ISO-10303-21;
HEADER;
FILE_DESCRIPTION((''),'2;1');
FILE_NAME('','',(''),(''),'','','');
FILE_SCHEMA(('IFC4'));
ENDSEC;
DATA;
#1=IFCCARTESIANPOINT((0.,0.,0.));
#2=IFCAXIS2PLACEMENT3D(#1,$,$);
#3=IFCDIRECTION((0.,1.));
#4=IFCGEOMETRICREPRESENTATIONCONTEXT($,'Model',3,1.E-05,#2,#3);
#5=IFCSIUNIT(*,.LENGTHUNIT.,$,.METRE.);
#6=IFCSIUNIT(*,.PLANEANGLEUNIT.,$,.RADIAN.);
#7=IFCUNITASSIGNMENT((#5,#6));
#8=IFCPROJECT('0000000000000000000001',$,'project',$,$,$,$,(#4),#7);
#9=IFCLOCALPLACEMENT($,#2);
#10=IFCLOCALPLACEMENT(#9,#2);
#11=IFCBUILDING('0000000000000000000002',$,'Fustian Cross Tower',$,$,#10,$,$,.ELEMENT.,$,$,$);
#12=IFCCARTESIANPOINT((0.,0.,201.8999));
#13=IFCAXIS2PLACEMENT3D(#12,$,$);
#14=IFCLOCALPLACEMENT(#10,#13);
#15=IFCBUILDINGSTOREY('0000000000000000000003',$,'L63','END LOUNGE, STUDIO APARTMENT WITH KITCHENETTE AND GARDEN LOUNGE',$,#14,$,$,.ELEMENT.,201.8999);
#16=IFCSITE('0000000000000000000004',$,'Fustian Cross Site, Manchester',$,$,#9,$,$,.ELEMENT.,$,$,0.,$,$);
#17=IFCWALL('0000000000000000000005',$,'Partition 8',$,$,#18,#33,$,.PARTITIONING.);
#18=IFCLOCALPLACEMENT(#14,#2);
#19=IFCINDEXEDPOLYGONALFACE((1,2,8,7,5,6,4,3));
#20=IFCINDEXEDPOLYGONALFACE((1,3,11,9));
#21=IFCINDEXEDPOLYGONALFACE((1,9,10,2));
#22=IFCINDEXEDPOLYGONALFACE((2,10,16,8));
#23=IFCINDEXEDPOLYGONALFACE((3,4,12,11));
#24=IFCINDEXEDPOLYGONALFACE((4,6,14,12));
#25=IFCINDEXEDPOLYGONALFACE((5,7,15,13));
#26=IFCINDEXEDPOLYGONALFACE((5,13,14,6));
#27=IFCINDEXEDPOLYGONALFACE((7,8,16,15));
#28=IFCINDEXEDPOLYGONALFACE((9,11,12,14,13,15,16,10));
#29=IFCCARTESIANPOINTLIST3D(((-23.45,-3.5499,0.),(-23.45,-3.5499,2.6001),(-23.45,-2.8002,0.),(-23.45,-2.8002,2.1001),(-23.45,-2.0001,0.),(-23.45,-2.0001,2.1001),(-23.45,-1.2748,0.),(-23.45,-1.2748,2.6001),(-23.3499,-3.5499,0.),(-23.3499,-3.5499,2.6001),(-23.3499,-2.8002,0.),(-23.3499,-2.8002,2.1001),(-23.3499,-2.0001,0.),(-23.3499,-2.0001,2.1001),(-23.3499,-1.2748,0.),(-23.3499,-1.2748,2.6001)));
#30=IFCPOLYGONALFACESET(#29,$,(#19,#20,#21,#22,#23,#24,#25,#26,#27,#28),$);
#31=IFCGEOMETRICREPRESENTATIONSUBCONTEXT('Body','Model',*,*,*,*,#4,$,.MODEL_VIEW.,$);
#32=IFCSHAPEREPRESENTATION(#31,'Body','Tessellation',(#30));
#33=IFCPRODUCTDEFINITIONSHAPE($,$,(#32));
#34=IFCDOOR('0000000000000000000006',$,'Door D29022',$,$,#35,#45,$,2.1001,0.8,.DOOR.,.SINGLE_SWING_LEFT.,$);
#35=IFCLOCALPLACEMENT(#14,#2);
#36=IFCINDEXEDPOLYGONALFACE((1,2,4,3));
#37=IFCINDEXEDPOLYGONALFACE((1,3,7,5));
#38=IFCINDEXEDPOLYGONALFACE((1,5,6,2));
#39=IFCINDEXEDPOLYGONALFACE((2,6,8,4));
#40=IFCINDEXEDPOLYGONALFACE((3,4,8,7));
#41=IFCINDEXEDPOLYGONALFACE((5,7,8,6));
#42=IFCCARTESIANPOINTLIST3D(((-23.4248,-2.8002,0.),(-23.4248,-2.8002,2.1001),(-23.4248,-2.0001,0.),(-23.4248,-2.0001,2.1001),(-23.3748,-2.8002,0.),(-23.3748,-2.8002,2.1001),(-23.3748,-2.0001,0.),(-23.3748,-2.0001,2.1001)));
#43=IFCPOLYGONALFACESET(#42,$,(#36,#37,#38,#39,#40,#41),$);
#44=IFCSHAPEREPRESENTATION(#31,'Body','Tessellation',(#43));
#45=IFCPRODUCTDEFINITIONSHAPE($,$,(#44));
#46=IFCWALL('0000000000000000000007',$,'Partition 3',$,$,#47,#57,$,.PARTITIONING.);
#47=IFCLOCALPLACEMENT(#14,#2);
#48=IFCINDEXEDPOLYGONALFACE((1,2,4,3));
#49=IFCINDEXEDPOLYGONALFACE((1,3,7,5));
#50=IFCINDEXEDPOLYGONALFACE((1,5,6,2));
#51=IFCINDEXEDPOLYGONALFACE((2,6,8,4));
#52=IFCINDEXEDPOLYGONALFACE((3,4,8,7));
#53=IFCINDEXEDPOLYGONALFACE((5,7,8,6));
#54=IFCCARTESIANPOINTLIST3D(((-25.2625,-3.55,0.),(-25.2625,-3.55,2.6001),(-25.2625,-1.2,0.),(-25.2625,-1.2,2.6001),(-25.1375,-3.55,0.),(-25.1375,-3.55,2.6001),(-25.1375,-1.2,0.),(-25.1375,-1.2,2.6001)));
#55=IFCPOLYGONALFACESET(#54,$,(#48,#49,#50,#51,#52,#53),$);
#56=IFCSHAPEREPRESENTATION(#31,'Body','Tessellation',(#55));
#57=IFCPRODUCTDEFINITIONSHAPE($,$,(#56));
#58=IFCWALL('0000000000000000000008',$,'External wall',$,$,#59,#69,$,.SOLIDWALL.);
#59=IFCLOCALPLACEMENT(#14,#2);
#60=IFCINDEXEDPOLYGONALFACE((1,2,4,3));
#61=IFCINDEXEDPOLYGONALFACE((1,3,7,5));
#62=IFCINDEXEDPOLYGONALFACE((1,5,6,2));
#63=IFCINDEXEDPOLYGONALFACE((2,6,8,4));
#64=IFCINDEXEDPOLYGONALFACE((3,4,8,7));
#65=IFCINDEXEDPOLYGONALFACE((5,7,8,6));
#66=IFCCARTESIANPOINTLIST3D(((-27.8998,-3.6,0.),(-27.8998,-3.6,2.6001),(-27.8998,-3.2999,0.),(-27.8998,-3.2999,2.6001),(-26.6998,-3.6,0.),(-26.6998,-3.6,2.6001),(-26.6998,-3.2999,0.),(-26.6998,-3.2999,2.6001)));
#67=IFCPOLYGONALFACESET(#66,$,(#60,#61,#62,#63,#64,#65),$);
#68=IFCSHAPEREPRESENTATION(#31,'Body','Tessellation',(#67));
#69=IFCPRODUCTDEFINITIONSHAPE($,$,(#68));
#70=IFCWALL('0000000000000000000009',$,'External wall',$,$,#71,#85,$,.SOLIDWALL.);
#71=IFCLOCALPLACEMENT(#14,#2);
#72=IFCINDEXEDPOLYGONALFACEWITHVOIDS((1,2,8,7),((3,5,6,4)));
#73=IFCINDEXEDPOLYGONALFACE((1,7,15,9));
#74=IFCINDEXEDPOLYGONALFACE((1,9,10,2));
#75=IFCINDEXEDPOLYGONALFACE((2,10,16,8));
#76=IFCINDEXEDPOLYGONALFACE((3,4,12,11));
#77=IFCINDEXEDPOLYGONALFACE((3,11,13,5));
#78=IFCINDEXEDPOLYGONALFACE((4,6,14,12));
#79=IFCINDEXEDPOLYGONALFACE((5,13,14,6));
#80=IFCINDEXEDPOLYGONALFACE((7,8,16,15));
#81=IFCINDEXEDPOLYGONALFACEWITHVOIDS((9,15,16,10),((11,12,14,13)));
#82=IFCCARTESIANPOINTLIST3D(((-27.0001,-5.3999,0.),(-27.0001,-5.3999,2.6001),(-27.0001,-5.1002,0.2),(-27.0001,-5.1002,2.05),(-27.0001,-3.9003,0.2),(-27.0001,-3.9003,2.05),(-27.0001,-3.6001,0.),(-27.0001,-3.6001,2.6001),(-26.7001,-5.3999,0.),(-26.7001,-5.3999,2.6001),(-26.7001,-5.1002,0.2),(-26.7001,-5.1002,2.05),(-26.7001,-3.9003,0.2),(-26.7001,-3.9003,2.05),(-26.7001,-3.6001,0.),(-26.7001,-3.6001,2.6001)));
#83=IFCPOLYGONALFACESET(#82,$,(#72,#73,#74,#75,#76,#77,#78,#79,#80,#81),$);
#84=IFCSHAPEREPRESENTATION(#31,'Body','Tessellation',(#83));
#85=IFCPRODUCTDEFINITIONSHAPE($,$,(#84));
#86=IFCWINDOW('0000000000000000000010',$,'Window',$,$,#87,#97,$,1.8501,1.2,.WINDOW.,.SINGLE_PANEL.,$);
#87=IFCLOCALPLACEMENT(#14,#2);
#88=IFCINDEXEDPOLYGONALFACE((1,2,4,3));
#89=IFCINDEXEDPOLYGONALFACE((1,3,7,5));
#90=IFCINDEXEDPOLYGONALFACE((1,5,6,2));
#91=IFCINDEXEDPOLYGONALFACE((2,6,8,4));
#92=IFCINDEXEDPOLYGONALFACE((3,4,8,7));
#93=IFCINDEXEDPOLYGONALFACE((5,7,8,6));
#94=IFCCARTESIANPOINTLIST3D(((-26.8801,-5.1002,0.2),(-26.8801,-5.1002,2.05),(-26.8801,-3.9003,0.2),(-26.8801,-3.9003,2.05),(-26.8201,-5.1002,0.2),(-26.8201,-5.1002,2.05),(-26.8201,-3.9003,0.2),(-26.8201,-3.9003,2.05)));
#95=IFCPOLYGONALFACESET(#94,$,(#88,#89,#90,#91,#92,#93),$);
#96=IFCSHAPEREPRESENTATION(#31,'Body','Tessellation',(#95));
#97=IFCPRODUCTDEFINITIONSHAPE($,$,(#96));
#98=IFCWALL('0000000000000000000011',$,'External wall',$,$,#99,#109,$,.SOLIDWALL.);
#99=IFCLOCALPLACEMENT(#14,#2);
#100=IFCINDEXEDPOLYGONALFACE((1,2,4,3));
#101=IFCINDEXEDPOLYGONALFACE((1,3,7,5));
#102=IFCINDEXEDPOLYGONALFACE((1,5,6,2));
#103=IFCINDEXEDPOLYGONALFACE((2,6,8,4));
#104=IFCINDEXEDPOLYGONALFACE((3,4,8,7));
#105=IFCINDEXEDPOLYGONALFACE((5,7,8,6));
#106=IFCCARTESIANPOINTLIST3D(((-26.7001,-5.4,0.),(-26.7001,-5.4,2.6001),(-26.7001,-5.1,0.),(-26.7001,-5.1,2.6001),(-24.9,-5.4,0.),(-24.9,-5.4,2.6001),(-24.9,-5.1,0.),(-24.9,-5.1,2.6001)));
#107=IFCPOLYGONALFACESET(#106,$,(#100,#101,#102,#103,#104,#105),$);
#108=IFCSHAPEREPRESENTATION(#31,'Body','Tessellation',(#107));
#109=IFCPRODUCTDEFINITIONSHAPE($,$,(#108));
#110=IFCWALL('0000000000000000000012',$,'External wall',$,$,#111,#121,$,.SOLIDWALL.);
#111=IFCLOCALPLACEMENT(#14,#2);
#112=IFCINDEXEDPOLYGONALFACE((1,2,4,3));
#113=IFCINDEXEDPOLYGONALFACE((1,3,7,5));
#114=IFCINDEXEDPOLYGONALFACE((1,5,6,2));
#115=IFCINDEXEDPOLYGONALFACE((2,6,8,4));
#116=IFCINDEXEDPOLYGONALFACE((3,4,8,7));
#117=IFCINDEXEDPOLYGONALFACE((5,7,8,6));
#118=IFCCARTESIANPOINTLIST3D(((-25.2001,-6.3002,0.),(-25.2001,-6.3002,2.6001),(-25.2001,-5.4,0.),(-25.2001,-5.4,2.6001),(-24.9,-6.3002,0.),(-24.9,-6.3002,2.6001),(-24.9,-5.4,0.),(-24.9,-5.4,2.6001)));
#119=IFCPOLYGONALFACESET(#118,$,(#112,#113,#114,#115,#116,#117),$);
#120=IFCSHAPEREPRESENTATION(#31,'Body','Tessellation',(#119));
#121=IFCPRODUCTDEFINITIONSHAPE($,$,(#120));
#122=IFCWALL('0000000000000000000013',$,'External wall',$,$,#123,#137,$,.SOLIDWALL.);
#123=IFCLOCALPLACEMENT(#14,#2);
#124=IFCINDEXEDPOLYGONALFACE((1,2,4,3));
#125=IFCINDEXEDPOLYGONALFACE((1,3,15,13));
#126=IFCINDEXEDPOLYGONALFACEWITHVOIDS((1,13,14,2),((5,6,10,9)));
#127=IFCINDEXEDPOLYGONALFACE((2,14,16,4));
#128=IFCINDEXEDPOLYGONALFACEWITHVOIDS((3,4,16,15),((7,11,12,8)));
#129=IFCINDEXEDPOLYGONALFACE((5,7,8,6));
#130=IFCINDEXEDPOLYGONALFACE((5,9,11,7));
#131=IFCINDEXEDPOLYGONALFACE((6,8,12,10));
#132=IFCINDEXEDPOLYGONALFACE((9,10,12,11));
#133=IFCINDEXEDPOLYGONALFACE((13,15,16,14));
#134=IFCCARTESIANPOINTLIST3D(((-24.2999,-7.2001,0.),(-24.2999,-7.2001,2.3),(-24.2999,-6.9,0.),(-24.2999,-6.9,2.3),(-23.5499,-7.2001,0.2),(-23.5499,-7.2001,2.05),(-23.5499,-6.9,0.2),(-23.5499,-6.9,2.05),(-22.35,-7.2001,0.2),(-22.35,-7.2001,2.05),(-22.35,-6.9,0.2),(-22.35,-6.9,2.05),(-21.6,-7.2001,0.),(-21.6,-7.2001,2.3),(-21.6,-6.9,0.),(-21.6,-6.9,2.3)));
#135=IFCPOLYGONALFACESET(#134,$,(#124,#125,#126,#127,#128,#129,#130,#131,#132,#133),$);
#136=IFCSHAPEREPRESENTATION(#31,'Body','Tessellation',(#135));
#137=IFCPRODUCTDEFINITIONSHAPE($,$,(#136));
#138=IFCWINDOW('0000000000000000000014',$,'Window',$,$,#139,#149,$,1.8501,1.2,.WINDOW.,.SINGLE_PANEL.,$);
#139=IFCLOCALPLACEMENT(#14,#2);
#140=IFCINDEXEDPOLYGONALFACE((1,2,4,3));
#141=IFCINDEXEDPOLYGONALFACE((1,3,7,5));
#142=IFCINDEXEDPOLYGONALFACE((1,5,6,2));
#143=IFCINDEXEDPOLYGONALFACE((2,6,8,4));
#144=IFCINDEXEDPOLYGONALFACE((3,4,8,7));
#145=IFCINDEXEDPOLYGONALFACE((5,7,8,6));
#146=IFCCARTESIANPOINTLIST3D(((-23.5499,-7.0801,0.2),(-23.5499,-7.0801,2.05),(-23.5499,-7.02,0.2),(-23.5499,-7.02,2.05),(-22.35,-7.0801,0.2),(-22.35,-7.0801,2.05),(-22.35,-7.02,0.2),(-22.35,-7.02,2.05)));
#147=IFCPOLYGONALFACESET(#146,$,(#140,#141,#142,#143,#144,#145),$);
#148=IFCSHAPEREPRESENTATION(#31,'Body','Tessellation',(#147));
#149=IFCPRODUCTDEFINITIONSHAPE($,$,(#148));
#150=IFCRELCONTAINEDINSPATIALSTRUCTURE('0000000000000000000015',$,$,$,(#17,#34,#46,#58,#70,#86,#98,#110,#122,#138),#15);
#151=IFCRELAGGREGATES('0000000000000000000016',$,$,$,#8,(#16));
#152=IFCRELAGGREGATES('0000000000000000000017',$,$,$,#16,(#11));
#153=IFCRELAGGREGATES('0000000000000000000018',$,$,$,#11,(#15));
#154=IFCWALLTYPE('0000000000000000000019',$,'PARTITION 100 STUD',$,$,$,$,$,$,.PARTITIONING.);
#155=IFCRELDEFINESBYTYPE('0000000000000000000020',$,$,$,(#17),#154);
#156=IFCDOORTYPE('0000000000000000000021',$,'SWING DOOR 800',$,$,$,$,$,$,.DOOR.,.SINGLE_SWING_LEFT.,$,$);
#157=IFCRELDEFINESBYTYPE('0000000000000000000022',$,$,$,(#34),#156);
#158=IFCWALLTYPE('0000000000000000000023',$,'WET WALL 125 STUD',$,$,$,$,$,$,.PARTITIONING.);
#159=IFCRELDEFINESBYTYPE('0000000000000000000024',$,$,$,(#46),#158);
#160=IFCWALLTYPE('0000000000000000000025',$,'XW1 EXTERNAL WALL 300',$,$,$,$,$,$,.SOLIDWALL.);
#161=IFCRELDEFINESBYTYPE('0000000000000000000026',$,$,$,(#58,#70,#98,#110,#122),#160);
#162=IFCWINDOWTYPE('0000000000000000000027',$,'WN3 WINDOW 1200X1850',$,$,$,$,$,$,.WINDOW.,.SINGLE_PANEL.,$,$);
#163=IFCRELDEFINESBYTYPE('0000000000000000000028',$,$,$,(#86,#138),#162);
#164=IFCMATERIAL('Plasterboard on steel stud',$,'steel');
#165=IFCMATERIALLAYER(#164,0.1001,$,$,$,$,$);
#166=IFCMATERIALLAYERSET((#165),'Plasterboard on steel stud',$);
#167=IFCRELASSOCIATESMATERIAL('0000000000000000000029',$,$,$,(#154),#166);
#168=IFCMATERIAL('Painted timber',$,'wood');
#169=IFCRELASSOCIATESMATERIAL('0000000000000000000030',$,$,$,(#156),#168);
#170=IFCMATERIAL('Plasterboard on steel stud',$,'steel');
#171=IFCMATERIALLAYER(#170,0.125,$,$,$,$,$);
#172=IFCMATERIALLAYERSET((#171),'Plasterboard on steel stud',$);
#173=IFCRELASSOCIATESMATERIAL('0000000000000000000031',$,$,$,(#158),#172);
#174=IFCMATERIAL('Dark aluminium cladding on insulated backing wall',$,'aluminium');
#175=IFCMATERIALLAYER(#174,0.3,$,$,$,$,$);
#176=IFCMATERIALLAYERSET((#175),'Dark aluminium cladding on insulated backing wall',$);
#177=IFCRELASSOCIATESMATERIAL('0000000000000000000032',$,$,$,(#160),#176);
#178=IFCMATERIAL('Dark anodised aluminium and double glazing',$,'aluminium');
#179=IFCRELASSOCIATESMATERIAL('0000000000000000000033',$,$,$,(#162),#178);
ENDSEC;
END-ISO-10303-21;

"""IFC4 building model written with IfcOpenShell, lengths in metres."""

from ifc_helpers import new_model, si_unit, direction, frame, frame_2d, origin, place, context, subcontext, project, spatial, rectangle, extrude, material, layer, layer_set, type_object, element, fill, save


model = new_model("IFC4")

# Units and contexts
model_context = context("Model", 3, precision=1e-05, world=origin(), true_north=direction((0.0, 1.0)))
body_context = subcontext(model_context, "Body", "Model", "MODEL_VIEW")
ifc_project = project(units=[si_unit("LENGTHUNIT", "METRE"), si_unit("PLANEANGLEUNIT", "RADIAN")], contexts=[model_context])

# Site, building, storey
site_placement = place(None, origin())
site = spatial("IfcSite", under=ifc_project, at=site_placement, Name="Fustian Cross Site, Manchester", CompositionType="ELEMENT", RefElevation=0.0)
building_placement = place(site_placement, origin())
building = spatial("IfcBuilding", under=site, at=building_placement, Name="Fustian Cross Tower", CompositionType="ELEMENT")
storey_placement = place(building_placement, frame((0.0, 0.0, 201.8999)))
storey = spatial("IfcBuildingStorey", under=building, at=storey_placement, Name="L63", Description="END LOUNGE, STUDIO APARTMENT WITH KITCHENETTE AND GARDEN LOUNGE", CompositionType="ELEMENT", Elevation=201.8999)

# Shared definitions
ifc_material_1 = material(Name="Plasterboard on steel stud", Category="steel")
ifc_layer_1 = layer(ifc_material_1, 0.1001)
ifc_layer_set_1 = layer_set([ifc_layer_1], Name="Plasterboard on steel stud")
wall_type_1 = type_object("IfcWallType", Name="PARTITION 100 STUD", PredefinedType="PARTITIONING", material=ifc_layer_set_1)

# Wall, opening, door
wall_1_placement = place(storey_placement, frame((-23.3999, -3.55, 0.0), z_axis=(0.0, 0.0, 1.0), x_axis=(0.0, 1.0, 0.0)))
wall_1 = element("IfcWall", 1, at=wall_1_placement, inside=storey, type_object=wall_type_1, Name="Partition 8", PredefinedType="PARTITIONING", context=body_context, shape_type="SweptSolid", body=[
    extrude(rectangle(XDim=2.2751, YDim=0.1001, at=frame_2d((1.1377, 0.0))), origin(), (0.0, 0.0, 1.0), 2.6001),
])
opening_1_placement = place(wall_1_placement, frame((0.75, 0.0, 0.0)))
opening_1 = element("IfcOpeningElement", 2, at=opening_1_placement, cuts=wall_1, PredefinedType="OPENING", context=body_context, shape_type="SweptSolid", body=[
    extrude(rectangle(XDim=0.8, YDim=2.1001, at=frame_2d((0.3999, 1.05))), frame((0.0, 0.0601, 0.0), z_axis=(0.0, -1.0, 0.0), x_axis=(1.0, 0.0, 0.0)), (0.0, 0.0, 1.0), 0.1201),
])
ifc_material_2 = material(Name="Painted timber", Category="wood")
door_type_1 = type_object("IfcDoorType", Name="SWING DOOR 800", OperationType="SINGLE_SWING_LEFT", PredefinedType="DOOR", material=ifc_material_2)
door_1_placement = place(opening_1_placement, origin())
door_1 = element("IfcDoor", 3, at=door_1_placement, inside=storey, type_object=door_type_1, Name="Door D29022", OperationType="SINGLE_SWING_LEFT", OverallHeight=2.1001, OverallWidth=0.8, PredefinedType="DOOR", context=body_context, shape_type="SweptSolid", body=[
    extrude(rectangle(XDim=0.8, YDim=2.1001, at=frame_2d((0.3999, 1.05))), frame((0.0, 0.0249, 0.0), z_axis=(0.0, -1.0, 0.0), x_axis=(1.0, 0.0, 0.0)), (0.0, 0.0, 1.0), 0.05),
])
fill(opening_1, door_1)

# Walls
ifc_material_3 = material(Name="Plasterboard on steel stud", Category="steel")
ifc_layer_2 = layer(ifc_material_3, 0.125)
ifc_layer_set_2 = layer_set([ifc_layer_2], Name="Plasterboard on steel stud")
wall_type_2 = type_object("IfcWallType", Name="WET WALL 125 STUD", PredefinedType="PARTITIONING", material=ifc_layer_set_2)
wall_2_placement = place(storey_placement, frame((-25.2, -3.55, 0.0), z_axis=(0.0, 0.0, 1.0), x_axis=(0.0, 1.0, 0.0)))
element("IfcWall", 4, at=wall_2_placement, inside=storey, type_object=wall_type_2, Name="Partition 3", PredefinedType="PARTITIONING", context=body_context, shape_type="SweptSolid", body=[
    extrude(rectangle(XDim=2.3501, YDim=0.125, at=frame_2d((1.175, 0.0))), origin(), (0.0, 0.0, 1.0), 2.6001),
])
ifc_material_4 = material(Name="Dark aluminium cladding on insulated backing wall", Category="aluminium")
ifc_layer_3 = layer(ifc_material_4, 0.3)
ifc_layer_set_3 = layer_set([ifc_layer_3], Name="Dark aluminium cladding on insulated backing wall")
wall_type_3 = type_object("IfcWallType", Name="XW1 EXTERNAL WALL 300", PredefinedType="SOLIDWALL", material=ifc_layer_set_3)
wall_3_placement = place(storey_placement, frame((-27.8999, -3.45, 0.0), z_axis=(0.0, 0.0, 1.0), x_axis=(1.0, 0.0, 0.0)))
element("IfcWall", 5, at=wall_3_placement, inside=storey, type_object=wall_type_3, Name="External wall", PredefinedType="SOLIDWALL", context=body_context, shape_type="SweptSolid", body=[
    extrude(rectangle(XDim=1.2, YDim=0.3, at=frame_2d((0.6001, 0.0))), origin(), (0.0, 0.0, 1.0), 2.6001),
])

# Wall, opening, window
wall_4_placement = place(storey_placement, frame((-26.8501, -3.6001, 0.0), z_axis=(0.0, 0.0, 1.0), x_axis=(0.0, -1.0, 0.0)))
wall_4 = element("IfcWall", 6, at=wall_4_placement, inside=storey, type_object=wall_type_3, Name="External wall", PredefinedType="SOLIDWALL", context=body_context, shape_type="SweptSolid", body=[
    extrude(rectangle(XDim=1.7998, YDim=0.3, at=frame_2d((0.8999, 0.0))), origin(), (0.0, 0.0, 1.0), 2.6001),
])
opening_2_placement = place(wall_4_placement, frame((0.3, 0.0, 0.2)))
opening_2 = element("IfcOpeningElement", 7, at=opening_2_placement, cuts=wall_4, PredefinedType="OPENING", context=body_context, shape_type="SweptSolid", body=[
    extrude(rectangle(XDim=1.2, YDim=1.8501, at=frame_2d((0.6001, 0.925))), frame((0.0, 0.1599, 0.0), z_axis=(0.0, -1.0, 0.0), x_axis=(1.0, 0.0, 0.0)), (0.0, 0.0, 1.0), 0.3201),
])
ifc_material_5 = material(Name="Dark anodised aluminium and double glazing", Category="aluminium")
window_type = type_object("IfcWindowType", Name="WN3 WINDOW 1200X1850", PartitioningType="SINGLE_PANEL", PredefinedType="WINDOW", material=ifc_material_5)
window_1_placement = place(opening_2_placement, origin())
window_1 = element("IfcWindow", 8, at=window_1_placement, inside=storey, type_object=window_type, Name="Window", OverallHeight=1.8501, OverallWidth=1.2, PartitioningType="SINGLE_PANEL", PredefinedType="WINDOW", context=body_context, shape_type="SweptSolid", body=[
    extrude(rectangle(XDim=1.2, YDim=1.8501, at=frame_2d((0.6001, 0.925))), frame((0.0, 0.03, 0.0), z_axis=(0.0, -1.0, 0.0), x_axis=(1.0, 0.0, 0.0)), (0.0, 0.0, 1.0), 0.0601),
])
fill(opening_2, window_1)

# Walls
wall_5_placement = place(storey_placement, frame((-26.7, -5.25, 0.0), z_axis=(0.0, 0.0, 1.0), x_axis=(1.0, 0.0, 0.0)))
element("IfcWall", 9, at=wall_5_placement, inside=storey, type_object=wall_type_3, Name="External wall", PredefinedType="SOLIDWALL", context=body_context, shape_type="SweptSolid", body=[
    extrude(rectangle(XDim=1.8, YDim=0.3, at=frame_2d((0.8999, 0.0))), origin(), (0.0, 0.0, 1.0), 2.6001),
])
wall_6_placement = place(storey_placement, frame((-25.05, -5.3999, 0.0), z_axis=(0.0, 0.0, 1.0), x_axis=(0.0, -1.0, 0.0)))
element("IfcWall", 10, at=wall_6_placement, inside=storey, type_object=wall_type_3, Name="External wall", PredefinedType="SOLIDWALL", context=body_context, shape_type="SweptSolid", body=[
    extrude(rectangle(XDim=0.9001, YDim=0.3, at=frame_2d((0.4502, 0.0))), origin(), (0.0, 0.0, 1.0), 2.6001),
])

# Wall, opening, window
wall_7_placement = place(storey_placement, frame((-24.3, -7.05, 0.0), z_axis=(0.0, 0.0, 1.0), x_axis=(1.0, 0.0, 0.0)))
wall_7 = element("IfcWall", 11, at=wall_7_placement, inside=storey, type_object=wall_type_3, Name="External wall", PredefinedType="SOLIDWALL", context=body_context, shape_type="SweptSolid", body=[
    extrude(rectangle(XDim=2.7, YDim=0.3, at=frame_2d((1.3501, 0.0))), origin(), (0.0, 0.0, 1.0), 2.3),
])
opening_3_placement = place(wall_7_placement, frame((0.75, 0.0, 0.2)))
opening_3 = element("IfcOpeningElement", 12, at=opening_3_placement, cuts=wall_7, PredefinedType="OPENING", context=body_context, shape_type="SweptSolid", body=[
    extrude(rectangle(XDim=1.2, YDim=1.8501, at=frame_2d((0.6001, 0.925))), frame((0.0, 0.1599, 0.0), z_axis=(0.0, -1.0, 0.0), x_axis=(1.0, 0.0, 0.0)), (0.0, 0.0, 1.0), 0.3201),
])
window_2_placement = place(opening_3_placement, origin())
window_2 = element("IfcWindow", 13, at=window_2_placement, inside=storey, type_object=window_type, Name="Window", OverallHeight=1.8501, OverallWidth=1.2, PartitioningType="SINGLE_PANEL", PredefinedType="WINDOW", context=body_context, shape_type="SweptSolid", body=[
    extrude(rectangle(XDim=1.2, YDim=1.8501, at=frame_2d((0.6001, 0.925))), frame((0.0, 0.03, 0.0), z_axis=(0.0, -1.0, 0.0), x_axis=(1.0, 0.0, 0.0)), (0.0, 0.0, 1.0), 0.0601),
])
fill(opening_3, window_2)

save(model, "model.ifc")
